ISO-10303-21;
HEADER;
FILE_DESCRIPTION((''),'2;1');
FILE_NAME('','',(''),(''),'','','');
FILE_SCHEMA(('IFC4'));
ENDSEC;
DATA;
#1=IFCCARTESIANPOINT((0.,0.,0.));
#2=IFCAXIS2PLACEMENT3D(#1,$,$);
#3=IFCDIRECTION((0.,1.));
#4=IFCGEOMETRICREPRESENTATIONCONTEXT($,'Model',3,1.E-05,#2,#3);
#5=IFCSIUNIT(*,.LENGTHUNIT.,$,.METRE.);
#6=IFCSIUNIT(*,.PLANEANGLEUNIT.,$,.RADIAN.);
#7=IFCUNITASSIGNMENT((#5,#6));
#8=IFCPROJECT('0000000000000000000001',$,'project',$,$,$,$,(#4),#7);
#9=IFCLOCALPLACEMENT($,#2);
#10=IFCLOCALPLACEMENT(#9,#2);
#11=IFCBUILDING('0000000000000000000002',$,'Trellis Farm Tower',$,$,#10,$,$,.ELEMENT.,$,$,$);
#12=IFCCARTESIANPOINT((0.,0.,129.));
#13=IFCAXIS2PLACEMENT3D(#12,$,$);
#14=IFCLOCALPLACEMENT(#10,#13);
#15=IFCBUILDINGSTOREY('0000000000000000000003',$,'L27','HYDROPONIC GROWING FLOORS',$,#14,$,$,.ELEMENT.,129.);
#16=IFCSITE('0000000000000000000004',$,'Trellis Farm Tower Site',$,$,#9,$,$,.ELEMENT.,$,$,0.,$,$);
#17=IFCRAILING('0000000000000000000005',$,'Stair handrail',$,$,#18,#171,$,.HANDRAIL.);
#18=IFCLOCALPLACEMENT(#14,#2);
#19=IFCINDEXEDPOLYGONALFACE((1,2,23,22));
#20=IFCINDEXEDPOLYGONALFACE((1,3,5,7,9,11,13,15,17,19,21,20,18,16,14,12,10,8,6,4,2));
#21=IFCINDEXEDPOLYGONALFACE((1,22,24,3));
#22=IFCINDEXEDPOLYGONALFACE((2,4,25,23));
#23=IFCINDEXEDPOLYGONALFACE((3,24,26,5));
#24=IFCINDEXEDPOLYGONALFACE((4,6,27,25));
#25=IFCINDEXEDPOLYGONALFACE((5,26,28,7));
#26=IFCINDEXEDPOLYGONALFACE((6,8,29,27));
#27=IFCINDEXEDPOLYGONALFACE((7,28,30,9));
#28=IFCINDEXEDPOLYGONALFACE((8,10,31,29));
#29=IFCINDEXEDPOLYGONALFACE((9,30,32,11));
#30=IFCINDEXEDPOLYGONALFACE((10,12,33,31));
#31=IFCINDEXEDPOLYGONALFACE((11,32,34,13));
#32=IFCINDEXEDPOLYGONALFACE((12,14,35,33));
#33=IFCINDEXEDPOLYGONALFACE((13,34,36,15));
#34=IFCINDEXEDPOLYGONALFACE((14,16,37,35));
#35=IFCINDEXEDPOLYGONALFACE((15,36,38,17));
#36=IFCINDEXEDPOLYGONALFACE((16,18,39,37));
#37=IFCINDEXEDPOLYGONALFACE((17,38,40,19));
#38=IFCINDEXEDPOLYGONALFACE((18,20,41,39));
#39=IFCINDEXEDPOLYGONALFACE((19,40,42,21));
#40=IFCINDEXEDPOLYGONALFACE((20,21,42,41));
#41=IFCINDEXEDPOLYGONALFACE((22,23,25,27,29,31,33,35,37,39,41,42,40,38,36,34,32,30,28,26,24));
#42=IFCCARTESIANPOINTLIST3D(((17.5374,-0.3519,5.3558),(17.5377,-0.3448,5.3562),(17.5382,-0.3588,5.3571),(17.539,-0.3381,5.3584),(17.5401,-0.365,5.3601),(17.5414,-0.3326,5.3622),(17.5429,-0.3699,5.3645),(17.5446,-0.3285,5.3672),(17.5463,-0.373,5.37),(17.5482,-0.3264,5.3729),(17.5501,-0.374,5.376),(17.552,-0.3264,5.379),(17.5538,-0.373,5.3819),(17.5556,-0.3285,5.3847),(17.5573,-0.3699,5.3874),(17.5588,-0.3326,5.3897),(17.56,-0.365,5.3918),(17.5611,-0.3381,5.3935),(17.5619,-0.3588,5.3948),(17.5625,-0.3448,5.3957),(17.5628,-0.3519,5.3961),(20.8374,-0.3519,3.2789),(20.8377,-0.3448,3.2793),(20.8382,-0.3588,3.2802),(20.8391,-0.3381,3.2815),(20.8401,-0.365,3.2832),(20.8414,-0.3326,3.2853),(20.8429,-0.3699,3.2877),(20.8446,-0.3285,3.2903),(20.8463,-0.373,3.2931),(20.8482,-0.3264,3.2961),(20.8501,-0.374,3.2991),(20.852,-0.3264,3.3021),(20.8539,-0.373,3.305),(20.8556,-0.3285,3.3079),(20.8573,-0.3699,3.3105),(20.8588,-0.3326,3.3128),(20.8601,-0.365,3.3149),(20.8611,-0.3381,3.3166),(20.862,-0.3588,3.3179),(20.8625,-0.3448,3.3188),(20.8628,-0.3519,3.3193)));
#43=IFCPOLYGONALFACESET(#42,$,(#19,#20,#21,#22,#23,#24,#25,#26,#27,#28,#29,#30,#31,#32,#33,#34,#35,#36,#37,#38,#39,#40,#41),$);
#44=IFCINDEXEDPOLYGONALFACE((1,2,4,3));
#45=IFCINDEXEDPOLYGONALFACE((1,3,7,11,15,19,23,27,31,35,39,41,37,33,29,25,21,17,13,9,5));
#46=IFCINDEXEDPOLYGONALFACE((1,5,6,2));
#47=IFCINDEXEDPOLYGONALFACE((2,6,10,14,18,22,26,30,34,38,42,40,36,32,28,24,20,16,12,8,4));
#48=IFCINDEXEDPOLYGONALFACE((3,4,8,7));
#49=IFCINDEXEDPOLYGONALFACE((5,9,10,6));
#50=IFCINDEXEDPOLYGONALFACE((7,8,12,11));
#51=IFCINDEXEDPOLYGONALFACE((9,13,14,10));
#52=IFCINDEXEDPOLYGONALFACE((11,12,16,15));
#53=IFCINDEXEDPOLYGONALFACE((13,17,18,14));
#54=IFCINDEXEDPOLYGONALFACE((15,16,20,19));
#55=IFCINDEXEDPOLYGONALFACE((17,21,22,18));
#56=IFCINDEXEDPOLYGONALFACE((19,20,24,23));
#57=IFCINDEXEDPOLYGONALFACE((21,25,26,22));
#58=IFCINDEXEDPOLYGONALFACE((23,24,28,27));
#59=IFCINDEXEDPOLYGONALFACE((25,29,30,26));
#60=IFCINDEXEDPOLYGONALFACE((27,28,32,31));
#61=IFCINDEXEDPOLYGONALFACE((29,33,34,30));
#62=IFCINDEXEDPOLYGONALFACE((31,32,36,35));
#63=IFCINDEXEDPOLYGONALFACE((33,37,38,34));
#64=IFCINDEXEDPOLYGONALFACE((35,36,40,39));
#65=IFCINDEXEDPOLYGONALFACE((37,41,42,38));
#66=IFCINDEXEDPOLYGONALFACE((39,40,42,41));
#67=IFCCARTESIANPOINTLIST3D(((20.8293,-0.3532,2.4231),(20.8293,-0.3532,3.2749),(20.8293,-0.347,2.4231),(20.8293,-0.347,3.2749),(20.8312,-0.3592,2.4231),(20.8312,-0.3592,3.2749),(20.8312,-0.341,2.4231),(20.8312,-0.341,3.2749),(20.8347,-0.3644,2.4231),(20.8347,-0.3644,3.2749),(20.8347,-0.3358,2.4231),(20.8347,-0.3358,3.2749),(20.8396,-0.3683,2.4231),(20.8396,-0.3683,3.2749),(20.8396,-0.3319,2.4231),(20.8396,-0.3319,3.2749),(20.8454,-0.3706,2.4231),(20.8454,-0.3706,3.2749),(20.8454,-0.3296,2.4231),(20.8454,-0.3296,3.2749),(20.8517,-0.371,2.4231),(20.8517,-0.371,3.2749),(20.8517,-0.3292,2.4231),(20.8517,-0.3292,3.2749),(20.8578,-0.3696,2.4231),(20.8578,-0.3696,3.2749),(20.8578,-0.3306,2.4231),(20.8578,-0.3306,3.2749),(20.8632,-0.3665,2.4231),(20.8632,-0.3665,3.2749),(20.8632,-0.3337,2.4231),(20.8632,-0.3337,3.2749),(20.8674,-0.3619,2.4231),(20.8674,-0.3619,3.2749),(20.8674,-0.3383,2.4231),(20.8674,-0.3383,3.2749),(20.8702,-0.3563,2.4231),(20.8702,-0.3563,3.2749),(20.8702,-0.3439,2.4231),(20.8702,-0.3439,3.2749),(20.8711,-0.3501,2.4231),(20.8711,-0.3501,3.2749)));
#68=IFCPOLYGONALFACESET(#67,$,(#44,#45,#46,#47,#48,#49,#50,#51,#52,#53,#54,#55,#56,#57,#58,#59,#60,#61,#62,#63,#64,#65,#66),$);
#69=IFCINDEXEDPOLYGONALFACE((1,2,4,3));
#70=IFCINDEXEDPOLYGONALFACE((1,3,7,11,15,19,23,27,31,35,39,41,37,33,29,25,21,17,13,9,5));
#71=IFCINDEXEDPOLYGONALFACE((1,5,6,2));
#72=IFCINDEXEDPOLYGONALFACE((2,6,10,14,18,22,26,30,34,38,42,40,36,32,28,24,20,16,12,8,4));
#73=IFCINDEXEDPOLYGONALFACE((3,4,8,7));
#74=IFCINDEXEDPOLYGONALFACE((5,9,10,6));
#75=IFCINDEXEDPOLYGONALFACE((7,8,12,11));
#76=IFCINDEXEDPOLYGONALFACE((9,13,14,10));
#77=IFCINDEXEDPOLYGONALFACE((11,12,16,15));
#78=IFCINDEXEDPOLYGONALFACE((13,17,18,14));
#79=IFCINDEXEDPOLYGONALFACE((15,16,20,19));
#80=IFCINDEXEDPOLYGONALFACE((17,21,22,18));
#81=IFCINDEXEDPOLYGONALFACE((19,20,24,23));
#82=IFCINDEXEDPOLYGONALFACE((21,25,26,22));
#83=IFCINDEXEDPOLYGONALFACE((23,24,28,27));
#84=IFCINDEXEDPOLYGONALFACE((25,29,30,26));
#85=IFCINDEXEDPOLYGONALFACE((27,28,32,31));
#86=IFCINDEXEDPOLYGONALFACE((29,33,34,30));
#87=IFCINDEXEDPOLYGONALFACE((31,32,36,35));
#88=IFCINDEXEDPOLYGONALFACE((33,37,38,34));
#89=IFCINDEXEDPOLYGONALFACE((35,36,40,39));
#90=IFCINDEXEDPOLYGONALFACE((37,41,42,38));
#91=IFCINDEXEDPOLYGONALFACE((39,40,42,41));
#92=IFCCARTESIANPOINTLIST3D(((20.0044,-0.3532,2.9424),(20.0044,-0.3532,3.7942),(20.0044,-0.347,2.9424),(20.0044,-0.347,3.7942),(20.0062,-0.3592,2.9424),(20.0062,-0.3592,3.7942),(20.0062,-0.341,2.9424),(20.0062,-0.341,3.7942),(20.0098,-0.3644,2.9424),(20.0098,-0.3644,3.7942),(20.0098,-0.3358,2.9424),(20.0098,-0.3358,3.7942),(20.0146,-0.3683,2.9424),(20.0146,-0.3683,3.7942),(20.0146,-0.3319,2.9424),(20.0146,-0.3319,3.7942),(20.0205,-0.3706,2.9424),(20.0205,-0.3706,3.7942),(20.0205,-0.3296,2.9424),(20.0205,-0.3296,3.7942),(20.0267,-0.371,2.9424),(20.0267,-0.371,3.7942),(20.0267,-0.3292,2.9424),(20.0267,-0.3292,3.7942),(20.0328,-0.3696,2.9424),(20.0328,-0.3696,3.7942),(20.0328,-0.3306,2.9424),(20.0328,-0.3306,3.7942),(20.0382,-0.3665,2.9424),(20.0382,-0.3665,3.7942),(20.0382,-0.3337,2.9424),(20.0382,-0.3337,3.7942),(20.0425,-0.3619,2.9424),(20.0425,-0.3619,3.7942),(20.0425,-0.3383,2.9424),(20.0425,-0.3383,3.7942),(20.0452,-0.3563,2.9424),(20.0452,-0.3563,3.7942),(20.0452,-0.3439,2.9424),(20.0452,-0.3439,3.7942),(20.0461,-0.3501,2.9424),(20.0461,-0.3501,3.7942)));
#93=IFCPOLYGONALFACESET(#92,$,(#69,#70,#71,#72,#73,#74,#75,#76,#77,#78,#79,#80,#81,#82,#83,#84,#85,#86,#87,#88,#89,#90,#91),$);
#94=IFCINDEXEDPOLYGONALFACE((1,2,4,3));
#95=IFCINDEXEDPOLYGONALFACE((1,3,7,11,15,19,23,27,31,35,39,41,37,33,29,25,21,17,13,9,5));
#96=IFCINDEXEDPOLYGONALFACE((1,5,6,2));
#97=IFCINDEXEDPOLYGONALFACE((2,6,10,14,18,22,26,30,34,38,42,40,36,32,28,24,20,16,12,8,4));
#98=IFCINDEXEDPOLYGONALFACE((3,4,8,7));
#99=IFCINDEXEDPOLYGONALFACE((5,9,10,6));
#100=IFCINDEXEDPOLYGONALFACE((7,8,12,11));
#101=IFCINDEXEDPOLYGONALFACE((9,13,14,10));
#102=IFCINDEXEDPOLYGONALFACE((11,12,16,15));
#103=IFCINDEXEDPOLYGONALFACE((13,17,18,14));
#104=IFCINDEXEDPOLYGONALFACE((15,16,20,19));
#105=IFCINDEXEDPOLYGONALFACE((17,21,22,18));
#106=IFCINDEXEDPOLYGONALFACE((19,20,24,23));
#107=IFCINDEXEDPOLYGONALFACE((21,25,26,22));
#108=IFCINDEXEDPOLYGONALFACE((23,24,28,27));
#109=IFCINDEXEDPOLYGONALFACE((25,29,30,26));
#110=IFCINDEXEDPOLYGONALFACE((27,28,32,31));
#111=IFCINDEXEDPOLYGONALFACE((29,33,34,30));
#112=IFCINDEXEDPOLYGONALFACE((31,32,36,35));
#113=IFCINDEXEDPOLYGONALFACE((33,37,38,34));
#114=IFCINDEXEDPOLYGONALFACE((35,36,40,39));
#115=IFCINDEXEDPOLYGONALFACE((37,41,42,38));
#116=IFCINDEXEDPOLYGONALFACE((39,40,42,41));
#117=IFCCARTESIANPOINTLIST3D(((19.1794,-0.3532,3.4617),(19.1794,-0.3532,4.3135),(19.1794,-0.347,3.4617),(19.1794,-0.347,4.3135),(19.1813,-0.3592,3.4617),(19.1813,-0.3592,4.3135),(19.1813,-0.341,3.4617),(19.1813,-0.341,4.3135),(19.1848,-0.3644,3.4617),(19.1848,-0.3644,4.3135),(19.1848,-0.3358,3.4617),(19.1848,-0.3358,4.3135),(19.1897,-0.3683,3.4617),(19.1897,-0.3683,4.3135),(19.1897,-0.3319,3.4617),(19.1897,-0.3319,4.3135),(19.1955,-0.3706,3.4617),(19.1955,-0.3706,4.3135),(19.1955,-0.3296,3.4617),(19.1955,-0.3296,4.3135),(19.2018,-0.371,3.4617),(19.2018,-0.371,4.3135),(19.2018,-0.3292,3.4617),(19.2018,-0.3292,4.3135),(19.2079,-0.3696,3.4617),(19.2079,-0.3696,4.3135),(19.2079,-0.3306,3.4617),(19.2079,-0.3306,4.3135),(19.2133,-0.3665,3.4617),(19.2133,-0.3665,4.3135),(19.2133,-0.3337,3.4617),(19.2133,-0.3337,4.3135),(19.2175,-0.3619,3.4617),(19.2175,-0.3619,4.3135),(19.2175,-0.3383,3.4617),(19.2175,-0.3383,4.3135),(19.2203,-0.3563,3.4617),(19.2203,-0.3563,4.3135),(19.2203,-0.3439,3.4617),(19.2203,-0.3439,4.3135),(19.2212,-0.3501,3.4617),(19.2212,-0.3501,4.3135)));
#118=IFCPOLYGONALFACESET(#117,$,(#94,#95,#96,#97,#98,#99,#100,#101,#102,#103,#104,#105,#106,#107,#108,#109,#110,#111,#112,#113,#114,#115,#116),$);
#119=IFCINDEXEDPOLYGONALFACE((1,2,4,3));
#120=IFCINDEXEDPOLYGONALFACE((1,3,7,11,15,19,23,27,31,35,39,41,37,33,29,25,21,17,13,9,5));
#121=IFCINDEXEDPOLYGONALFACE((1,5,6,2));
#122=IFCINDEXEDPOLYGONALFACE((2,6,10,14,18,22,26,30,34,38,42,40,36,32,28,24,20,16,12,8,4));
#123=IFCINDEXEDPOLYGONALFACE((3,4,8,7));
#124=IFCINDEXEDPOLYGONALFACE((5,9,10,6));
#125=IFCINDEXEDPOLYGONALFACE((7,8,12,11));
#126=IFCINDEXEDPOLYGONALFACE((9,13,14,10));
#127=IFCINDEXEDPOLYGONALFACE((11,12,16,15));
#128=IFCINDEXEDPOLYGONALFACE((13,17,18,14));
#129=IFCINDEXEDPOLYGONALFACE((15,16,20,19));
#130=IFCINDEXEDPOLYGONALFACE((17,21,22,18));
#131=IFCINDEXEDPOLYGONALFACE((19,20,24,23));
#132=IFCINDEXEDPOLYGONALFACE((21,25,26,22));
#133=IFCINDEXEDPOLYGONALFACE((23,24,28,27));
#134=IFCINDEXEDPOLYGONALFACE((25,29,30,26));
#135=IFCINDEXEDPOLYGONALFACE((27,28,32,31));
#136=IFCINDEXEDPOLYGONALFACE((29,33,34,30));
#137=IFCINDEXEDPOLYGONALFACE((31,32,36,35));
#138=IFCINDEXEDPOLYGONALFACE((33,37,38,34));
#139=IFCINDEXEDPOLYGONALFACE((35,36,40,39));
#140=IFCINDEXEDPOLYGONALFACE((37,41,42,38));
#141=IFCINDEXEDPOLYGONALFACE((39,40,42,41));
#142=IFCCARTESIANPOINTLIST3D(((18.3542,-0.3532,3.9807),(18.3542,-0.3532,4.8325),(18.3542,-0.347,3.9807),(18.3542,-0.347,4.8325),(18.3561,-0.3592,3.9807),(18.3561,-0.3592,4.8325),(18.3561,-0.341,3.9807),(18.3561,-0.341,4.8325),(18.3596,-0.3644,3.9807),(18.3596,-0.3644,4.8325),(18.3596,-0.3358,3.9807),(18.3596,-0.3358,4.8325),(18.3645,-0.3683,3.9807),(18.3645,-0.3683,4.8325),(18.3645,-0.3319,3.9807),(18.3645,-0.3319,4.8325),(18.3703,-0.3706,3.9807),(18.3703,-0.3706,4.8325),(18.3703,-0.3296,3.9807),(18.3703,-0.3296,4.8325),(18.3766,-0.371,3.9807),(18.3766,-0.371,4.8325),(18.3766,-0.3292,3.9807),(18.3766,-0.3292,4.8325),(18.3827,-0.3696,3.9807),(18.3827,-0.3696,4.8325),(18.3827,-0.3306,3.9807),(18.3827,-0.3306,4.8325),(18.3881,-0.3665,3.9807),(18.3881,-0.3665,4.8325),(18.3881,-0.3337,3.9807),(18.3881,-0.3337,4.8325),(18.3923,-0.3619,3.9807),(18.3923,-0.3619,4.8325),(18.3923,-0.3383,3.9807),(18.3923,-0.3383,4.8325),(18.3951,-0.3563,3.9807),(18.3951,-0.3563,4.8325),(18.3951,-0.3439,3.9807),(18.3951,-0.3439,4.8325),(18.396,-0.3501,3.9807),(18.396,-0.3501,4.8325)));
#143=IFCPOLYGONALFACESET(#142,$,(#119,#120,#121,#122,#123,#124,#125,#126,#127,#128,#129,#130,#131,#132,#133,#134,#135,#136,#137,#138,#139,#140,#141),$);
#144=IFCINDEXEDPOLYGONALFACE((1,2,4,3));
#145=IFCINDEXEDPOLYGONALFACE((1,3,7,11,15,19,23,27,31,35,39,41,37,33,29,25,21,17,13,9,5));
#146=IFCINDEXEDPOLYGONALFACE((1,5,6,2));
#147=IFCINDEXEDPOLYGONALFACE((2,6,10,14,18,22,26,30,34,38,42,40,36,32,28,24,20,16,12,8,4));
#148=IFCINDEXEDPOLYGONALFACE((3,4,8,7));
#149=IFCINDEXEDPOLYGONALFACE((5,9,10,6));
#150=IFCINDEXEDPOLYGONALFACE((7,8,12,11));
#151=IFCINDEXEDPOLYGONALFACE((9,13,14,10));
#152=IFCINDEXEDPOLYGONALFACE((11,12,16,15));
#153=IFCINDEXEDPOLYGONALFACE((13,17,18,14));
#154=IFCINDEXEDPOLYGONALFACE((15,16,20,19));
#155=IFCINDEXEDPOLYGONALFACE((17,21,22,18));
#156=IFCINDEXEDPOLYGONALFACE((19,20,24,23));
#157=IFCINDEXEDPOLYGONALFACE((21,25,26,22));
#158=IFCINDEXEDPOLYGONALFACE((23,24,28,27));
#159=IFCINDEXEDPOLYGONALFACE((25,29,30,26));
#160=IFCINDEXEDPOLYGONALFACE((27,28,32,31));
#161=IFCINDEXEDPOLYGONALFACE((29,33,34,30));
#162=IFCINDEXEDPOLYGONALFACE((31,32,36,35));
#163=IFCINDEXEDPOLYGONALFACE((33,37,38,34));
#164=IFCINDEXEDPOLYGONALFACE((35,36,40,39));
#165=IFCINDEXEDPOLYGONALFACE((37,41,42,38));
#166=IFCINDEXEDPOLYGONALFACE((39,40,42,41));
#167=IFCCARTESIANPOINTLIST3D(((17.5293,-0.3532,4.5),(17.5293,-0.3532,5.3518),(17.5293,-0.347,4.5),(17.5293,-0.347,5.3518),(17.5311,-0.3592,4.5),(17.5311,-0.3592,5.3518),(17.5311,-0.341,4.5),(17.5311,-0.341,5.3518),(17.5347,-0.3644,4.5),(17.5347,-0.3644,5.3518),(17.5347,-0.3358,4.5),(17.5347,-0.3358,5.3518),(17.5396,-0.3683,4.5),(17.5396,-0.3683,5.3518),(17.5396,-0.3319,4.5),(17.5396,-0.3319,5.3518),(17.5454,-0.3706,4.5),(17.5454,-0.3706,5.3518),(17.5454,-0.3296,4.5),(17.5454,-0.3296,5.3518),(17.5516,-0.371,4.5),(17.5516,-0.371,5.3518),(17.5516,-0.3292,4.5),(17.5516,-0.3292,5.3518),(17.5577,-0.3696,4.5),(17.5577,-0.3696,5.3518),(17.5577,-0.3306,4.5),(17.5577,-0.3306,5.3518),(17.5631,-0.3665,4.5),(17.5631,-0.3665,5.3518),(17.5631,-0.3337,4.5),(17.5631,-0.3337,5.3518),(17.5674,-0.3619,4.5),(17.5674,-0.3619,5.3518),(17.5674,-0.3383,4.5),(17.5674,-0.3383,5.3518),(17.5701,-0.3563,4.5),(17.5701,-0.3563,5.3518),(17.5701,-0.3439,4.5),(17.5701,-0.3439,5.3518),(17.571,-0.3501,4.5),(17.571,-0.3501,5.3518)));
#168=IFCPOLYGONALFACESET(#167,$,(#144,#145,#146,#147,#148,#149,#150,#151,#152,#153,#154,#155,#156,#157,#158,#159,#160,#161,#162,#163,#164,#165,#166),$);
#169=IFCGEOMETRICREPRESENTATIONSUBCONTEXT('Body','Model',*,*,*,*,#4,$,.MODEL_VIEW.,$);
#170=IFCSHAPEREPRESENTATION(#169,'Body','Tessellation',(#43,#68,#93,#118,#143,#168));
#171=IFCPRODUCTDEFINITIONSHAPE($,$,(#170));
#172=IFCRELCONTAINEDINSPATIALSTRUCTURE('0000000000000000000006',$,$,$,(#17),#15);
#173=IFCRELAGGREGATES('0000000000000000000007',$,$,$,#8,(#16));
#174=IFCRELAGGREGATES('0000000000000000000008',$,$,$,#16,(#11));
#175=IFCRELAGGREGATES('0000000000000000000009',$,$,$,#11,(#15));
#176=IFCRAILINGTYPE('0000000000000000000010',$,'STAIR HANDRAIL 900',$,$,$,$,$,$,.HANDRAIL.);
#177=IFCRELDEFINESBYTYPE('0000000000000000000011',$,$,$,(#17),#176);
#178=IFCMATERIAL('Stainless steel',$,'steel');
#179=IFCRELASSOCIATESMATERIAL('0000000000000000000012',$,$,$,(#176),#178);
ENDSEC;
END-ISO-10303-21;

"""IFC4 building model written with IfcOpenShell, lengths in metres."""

from ifc_helpers import new_model, si_unit, direction, frame, origin, origin_2d, place, context, subcontext, project, spatial, circle, extrude, source, transform, mapped, material, type_object, element, save


model = new_model("IFC4")

# Units and contexts
model_context = context("Model", 3, precision=1e-05, world=origin(), true_north=direction((0.0, 1.0)))
body_context = subcontext(model_context, "Body", "Model", "MODEL_VIEW")
ifc_project = project(units=[si_unit("LENGTHUNIT", "METRE"), si_unit("PLANEANGLEUNIT", "RADIAN")], contexts=[model_context])

# Site, building, storey
site_placement = place(None, origin())
site = spatial("IfcSite", under=ifc_project, at=site_placement, Name="Trellis Farm Tower Site", CompositionType="ELEMENT", RefElevation=0.0)
building_placement = place(site_placement, origin())
building = spatial("IfcBuilding", under=site, at=building_placement, Name="Trellis Farm Tower", CompositionType="ELEMENT")
storey_placement = place(building_placement, frame((0.0, 0.0, 129.0)))
storey = spatial("IfcBuildingStorey", under=building, at=storey_placement, Name="L27", Description="HYDROPONIC GROWING FLOORS", CompositionType="ELEMENT", Elevation=129.0)

# Shared definitions
ifc_material_1 = material(Name="Stainless steel", Category="steel")

# Railing
railing_type = type_object("IfcRailingType", Name="STAIR HANDRAIL 900", PredefinedType="HANDRAIL", material=ifc_material_1)
shared_shape_1 = source(origin(), body_context, "Body", "SweptSolid", [
    extrude(circle(Radius=0.0239, at=origin_2d()), frame((0.0, 0.0, 0.876), z_axis=(-0.846337, 0.0, 0.532647), x_axis=(0.0, -1.0, 0.0)), (0.0, 0.0, 1.0), 3.8992),
    extrude(circle(Radius=0.021, at=origin_2d()), origin(), (0.0, 0.0, 1.0), 0.8518),
    extrude(circle(Radius=0.021, at=origin_2d()), frame((-0.825, 0.0, 0.5193)), (0.0, 0.0, 1.0), 0.8518),
    extrude(circle(Radius=0.021, at=origin_2d()), frame((-1.6499, 0.0, 1.0386)), (0.0, 0.0, 1.0), 0.8518),
    extrude(circle(Radius=0.021, at=origin_2d()), frame((-2.4751, 0.0, 1.5576)), (0.0, 0.0, 1.0), 0.8518),
    extrude(circle(Radius=0.021, at=origin_2d()), frame((-3.3, 0.0, 2.0769)), (0.0, 0.0, 1.0), 0.8518),
])
for number, where, name in (
    (1, (20.8501, -0.3501, 2.4231), "Stair handrail"),
):
    element("IfcRailing", number, at=place(storey_placement, frame(where)), inside=storey, type_object=railing_type, Name=name, PredefinedType="HANDRAIL", context=body_context, shape_type="MappedRepresentation", body=[
        mapped(shared_shape_1, transform((0.0, 0.0, 0.0))),
    ])

save(model, "model.ifc")
